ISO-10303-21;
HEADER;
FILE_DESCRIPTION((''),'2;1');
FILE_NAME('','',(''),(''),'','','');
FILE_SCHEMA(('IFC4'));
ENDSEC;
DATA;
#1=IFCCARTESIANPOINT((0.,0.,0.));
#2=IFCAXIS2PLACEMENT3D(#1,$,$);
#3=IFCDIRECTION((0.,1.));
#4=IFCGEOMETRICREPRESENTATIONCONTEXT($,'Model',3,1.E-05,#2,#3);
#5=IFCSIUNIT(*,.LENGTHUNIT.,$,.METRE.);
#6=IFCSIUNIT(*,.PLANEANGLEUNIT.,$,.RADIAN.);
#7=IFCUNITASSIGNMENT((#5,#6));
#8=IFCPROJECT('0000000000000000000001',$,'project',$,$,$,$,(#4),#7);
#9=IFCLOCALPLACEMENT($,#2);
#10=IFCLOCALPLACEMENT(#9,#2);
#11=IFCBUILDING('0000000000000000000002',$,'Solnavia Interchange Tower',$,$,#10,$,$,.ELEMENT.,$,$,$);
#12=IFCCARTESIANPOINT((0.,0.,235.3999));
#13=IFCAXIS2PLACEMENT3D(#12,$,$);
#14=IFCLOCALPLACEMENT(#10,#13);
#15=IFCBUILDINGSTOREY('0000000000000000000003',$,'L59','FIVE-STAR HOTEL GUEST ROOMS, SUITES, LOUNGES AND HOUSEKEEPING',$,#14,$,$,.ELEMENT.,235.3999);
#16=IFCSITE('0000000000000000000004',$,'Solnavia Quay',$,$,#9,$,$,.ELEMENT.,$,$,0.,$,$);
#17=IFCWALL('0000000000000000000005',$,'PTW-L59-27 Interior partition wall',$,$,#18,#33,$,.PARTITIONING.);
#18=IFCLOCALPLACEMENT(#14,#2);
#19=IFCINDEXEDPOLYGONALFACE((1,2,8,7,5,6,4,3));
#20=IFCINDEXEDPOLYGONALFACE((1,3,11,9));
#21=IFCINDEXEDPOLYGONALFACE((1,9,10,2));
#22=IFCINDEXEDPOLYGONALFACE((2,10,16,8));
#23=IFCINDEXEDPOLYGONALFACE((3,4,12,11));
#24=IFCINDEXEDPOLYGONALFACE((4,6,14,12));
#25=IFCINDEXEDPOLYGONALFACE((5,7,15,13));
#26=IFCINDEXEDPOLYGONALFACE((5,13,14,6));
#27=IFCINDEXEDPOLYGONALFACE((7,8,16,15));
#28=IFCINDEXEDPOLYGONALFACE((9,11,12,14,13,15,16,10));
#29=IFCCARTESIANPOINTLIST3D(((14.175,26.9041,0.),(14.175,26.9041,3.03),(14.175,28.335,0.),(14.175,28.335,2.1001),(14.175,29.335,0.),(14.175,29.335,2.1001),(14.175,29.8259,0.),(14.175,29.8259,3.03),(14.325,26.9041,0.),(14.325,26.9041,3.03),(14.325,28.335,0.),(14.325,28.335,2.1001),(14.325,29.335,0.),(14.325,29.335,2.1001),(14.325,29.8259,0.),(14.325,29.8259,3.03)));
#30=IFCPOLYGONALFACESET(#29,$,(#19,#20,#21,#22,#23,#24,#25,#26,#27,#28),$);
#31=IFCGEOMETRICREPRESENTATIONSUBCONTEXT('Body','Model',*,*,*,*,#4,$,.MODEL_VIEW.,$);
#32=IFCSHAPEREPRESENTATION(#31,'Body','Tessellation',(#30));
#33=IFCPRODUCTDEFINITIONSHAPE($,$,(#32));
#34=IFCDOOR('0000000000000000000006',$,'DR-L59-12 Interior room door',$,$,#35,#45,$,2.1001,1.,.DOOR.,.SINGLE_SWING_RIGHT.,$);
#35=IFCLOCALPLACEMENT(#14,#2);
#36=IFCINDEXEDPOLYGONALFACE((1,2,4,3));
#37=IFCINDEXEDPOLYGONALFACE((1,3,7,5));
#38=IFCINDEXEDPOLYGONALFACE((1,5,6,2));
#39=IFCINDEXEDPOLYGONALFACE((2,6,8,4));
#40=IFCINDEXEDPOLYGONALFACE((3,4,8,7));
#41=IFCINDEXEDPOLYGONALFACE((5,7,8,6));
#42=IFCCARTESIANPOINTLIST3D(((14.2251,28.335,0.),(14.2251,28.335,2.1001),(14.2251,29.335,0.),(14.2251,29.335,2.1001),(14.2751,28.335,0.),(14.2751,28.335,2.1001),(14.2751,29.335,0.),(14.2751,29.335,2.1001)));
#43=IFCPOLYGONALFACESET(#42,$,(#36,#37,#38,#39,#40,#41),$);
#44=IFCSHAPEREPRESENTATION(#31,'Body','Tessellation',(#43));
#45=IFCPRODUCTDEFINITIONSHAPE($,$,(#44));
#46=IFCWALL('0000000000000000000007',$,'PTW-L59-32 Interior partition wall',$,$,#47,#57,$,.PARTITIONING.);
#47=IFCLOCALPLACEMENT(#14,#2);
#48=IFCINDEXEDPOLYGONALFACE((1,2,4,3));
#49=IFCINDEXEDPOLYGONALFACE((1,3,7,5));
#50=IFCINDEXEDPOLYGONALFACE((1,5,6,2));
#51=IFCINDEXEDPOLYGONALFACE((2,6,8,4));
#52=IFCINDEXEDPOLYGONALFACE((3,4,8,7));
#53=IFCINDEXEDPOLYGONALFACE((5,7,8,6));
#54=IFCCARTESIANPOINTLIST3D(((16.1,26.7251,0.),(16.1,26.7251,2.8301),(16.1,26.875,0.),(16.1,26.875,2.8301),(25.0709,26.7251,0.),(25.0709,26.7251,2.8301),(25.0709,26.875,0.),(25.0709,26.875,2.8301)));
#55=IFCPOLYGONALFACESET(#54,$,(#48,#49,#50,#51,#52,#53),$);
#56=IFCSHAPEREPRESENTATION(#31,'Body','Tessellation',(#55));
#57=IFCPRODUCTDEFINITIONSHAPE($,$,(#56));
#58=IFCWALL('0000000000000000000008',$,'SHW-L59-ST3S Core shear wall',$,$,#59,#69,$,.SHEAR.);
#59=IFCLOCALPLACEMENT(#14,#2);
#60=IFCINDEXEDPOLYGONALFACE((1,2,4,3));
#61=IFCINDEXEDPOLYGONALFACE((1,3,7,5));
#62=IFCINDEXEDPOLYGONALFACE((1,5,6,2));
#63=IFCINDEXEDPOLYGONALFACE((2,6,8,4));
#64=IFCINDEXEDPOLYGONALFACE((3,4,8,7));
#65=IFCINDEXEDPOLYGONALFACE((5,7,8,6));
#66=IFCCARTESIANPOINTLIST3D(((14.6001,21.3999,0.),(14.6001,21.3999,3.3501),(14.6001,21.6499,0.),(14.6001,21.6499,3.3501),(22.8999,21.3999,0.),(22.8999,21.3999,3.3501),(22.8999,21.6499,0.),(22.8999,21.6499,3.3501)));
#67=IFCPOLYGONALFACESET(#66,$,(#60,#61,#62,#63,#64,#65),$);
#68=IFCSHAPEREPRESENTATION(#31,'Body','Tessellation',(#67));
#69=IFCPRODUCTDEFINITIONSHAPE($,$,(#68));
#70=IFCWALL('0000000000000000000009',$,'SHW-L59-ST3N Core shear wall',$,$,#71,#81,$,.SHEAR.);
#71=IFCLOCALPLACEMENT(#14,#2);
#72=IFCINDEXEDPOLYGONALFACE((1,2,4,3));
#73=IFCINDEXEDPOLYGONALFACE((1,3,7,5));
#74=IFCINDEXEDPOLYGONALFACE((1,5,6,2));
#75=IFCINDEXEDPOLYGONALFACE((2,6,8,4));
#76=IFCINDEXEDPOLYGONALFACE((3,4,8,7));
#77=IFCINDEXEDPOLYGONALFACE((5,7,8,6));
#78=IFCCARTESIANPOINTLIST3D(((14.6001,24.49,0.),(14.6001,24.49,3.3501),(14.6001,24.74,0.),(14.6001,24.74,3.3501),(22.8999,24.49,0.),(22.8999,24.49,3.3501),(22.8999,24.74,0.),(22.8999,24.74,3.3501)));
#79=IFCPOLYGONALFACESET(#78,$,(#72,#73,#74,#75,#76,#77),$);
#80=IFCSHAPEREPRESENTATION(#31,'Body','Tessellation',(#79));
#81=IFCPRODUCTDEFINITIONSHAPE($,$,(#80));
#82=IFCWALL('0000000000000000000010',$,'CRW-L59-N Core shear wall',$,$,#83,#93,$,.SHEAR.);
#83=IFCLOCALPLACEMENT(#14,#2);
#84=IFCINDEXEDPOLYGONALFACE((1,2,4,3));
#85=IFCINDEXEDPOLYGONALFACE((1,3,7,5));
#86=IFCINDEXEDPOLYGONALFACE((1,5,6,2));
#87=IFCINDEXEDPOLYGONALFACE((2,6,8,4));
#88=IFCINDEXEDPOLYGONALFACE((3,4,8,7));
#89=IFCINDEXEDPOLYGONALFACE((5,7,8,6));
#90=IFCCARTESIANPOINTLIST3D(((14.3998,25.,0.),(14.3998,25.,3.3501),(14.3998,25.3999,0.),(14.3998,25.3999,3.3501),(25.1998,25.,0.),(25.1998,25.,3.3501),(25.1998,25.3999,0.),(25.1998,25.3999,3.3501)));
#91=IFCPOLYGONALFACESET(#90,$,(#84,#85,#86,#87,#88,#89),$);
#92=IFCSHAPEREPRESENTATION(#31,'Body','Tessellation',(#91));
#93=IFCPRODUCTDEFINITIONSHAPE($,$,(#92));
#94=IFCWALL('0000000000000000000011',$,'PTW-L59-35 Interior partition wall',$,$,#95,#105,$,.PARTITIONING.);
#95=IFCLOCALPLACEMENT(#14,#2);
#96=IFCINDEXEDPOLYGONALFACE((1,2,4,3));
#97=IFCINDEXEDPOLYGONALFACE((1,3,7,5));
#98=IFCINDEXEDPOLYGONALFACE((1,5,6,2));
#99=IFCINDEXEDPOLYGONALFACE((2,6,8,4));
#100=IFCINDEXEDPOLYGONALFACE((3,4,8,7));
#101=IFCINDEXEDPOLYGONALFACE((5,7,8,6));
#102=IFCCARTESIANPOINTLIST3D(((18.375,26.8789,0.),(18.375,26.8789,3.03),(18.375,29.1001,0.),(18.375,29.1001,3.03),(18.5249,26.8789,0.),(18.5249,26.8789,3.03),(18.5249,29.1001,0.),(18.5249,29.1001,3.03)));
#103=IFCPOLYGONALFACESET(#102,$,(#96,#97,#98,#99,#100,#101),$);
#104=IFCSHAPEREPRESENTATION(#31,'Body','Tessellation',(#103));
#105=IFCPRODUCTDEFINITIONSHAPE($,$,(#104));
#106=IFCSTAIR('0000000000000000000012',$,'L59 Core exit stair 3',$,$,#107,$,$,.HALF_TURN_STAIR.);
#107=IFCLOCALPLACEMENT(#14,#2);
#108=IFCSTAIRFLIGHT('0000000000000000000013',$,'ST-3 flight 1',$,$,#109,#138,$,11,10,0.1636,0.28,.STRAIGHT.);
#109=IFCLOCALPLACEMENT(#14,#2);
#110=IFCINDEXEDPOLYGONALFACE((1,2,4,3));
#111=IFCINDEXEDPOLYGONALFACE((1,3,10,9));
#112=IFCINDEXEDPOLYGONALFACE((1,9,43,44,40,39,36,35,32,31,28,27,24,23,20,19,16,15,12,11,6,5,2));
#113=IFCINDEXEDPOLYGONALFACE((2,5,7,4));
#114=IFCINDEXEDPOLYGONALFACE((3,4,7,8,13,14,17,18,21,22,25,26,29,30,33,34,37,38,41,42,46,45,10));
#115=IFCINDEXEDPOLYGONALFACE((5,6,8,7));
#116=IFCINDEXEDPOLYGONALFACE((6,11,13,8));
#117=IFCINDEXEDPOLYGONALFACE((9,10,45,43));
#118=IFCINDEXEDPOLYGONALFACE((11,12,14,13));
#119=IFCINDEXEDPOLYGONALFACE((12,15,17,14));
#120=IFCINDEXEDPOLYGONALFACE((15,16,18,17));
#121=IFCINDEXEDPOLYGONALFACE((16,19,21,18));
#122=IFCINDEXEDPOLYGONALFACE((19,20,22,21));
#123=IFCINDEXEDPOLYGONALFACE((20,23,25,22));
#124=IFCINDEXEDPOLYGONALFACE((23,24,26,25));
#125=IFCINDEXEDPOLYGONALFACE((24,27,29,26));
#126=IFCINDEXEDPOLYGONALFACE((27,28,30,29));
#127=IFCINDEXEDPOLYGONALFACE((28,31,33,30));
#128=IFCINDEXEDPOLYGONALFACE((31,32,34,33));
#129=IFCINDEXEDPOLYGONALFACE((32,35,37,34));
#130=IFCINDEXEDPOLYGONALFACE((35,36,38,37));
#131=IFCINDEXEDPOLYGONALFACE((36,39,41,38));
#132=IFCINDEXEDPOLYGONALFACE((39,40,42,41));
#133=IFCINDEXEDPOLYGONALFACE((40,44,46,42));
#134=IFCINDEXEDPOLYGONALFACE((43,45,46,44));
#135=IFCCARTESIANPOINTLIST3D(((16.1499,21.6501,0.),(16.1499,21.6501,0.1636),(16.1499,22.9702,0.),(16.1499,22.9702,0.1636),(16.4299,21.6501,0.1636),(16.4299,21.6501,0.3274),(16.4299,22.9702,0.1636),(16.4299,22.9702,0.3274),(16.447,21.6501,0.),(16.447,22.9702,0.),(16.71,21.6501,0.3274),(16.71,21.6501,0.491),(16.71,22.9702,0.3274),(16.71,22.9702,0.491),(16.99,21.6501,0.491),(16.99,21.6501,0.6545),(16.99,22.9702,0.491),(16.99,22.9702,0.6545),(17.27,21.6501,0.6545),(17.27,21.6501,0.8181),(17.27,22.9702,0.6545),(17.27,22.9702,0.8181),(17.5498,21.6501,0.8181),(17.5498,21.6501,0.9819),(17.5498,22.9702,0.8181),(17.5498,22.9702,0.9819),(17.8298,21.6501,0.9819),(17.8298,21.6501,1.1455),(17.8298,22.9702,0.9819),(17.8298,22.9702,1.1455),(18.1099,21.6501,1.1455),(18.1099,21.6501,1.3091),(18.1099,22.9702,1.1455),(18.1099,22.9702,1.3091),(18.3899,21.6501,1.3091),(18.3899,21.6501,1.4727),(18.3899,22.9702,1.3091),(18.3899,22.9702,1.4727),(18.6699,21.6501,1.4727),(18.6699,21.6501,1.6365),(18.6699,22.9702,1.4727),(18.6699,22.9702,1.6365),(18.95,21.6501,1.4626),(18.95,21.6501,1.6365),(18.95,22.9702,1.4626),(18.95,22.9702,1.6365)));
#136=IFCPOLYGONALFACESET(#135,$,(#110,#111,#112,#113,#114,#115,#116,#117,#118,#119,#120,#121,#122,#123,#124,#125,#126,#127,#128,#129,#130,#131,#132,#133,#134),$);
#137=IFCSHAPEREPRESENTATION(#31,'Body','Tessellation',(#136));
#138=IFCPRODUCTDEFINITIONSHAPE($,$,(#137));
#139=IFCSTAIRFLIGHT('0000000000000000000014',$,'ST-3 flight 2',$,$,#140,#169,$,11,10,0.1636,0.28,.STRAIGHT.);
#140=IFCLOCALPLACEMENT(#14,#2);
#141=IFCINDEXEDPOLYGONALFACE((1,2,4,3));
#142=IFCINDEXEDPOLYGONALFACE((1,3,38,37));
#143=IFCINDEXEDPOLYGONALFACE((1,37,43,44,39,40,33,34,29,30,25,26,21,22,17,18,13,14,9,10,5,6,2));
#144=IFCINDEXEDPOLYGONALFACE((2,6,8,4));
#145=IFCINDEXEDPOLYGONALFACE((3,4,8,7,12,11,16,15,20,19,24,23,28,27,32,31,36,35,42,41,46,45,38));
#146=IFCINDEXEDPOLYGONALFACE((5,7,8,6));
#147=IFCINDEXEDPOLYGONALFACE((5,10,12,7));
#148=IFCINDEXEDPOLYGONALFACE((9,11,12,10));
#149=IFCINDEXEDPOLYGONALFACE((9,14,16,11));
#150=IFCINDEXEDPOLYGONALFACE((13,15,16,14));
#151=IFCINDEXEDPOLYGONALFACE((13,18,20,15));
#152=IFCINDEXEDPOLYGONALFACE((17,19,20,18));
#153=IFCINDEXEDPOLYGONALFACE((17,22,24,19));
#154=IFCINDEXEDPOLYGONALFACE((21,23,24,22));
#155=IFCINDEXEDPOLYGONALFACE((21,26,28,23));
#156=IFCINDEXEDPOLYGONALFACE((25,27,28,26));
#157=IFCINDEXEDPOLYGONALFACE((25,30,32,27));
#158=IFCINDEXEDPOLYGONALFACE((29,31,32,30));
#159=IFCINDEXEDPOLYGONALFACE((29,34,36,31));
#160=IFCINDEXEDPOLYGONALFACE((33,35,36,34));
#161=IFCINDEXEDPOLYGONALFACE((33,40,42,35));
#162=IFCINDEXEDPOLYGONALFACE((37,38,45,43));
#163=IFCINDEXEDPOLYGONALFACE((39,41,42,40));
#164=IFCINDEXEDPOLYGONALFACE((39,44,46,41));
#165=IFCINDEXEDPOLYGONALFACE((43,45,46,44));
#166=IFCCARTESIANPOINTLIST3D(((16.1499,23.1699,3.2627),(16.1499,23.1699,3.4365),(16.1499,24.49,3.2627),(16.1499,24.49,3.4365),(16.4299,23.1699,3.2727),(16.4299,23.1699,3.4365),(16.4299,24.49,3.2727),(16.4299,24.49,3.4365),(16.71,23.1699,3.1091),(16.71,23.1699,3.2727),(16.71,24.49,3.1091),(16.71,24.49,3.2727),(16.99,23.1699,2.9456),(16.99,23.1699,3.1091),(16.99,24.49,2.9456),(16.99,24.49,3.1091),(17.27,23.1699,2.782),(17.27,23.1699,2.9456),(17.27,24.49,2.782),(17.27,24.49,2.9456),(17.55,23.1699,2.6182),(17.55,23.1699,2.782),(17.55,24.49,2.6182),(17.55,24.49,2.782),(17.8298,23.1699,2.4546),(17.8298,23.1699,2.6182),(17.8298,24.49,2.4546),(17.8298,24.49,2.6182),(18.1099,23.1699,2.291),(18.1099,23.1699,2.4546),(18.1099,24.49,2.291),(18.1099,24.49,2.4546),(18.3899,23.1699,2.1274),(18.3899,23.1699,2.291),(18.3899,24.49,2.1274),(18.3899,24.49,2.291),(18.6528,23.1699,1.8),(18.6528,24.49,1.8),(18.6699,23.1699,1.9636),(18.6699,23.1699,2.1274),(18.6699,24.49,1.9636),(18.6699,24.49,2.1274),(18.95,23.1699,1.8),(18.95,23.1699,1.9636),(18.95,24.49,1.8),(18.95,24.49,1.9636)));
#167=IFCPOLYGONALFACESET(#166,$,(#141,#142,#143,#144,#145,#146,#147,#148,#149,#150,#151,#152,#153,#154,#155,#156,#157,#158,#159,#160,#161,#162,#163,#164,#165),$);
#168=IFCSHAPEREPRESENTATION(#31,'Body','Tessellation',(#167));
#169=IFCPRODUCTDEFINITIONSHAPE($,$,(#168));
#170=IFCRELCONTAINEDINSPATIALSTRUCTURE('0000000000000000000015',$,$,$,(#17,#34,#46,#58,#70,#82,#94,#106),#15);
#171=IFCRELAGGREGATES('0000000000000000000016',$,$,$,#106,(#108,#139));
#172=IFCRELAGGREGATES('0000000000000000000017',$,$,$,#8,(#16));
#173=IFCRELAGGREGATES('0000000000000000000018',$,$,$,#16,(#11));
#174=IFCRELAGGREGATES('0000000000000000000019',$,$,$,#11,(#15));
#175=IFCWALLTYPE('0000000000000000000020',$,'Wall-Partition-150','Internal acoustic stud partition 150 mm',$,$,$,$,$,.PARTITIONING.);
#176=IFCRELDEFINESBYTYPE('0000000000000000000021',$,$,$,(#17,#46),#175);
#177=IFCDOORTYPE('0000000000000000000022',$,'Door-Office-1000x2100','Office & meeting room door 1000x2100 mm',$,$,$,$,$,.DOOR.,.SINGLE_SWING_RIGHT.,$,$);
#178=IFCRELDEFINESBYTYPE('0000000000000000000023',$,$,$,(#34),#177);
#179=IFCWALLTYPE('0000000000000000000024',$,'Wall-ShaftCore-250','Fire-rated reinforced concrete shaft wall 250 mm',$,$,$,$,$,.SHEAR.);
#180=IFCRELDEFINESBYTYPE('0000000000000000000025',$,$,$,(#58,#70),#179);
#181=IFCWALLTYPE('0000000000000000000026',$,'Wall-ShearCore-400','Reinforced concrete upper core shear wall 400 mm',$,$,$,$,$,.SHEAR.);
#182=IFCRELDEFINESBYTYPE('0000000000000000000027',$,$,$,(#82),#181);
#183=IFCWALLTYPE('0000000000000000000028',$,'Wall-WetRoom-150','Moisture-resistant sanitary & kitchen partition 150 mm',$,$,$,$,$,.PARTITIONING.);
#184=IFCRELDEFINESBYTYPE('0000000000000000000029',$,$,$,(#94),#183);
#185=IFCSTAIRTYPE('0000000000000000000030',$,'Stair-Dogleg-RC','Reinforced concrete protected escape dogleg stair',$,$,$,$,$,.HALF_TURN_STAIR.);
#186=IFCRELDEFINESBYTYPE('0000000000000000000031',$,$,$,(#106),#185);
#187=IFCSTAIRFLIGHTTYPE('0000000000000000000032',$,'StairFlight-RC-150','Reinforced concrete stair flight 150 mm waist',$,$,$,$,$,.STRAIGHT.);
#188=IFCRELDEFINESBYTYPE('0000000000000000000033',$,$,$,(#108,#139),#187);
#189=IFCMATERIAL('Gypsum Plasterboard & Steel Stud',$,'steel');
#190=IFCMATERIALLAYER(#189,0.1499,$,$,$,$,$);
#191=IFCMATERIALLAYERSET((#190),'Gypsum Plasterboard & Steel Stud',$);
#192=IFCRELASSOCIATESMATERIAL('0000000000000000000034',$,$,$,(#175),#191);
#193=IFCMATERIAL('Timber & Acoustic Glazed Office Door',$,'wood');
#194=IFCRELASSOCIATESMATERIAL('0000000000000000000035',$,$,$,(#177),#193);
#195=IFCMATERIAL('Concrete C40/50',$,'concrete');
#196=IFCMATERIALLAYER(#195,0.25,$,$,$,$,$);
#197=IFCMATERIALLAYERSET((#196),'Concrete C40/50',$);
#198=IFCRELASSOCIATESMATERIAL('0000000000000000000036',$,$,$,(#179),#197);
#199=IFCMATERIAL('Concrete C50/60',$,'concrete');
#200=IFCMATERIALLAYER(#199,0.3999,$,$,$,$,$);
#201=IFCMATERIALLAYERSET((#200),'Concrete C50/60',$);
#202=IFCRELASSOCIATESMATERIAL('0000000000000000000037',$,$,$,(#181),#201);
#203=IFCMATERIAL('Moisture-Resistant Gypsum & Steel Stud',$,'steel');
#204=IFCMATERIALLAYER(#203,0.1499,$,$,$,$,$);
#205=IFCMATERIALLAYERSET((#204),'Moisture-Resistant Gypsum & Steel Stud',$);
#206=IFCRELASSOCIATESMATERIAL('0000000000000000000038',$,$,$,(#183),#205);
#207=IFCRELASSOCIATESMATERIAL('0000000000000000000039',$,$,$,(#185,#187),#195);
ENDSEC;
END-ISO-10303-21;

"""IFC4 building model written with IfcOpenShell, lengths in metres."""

from ifc_helpers import new_model, si_unit, direction, frame, frame_2d, origin, place, context, subcontext, project, spatial, polyline, rectangle, outline, extrude, material, layer, layer_set, type_object, element, fill, aggregate, save


model = new_model("IFC4")

# Units and contexts
model_context = context("Model", 3, precision=1e-05, world=origin(), true_north=direction((0.0, 1.0)))
body_context = subcontext(model_context, "Body", "Model", "MODEL_VIEW")
ifc_project = project(units=[si_unit("LENGTHUNIT", "METRE"), si_unit("PLANEANGLEUNIT", "RADIAN")], contexts=[model_context])

# Site, building, storey
site_placement = place(None, origin())
site = spatial("IfcSite", under=ifc_project, at=site_placement, Name="Solnavia Quay", CompositionType="ELEMENT", RefElevation=0.0)
building_placement = place(site_placement, origin())
building = spatial("IfcBuilding", under=site, at=building_placement, Name="Solnavia Interchange Tower", CompositionType="ELEMENT")
storey_placement = place(building_placement, frame((0.0, 0.0, 235.3999)))
storey = spatial("IfcBuildingStorey", under=building, at=storey_placement, Name="L59", Description="FIVE-STAR HOTEL GUEST ROOMS, SUITES, LOUNGES AND HOUSEKEEPING", CompositionType="ELEMENT", Elevation=235.3999)

# Shared definitions
ifc_material_1 = material(Name="Concrete C50/60", Category="concrete")

# Shared definitions
ifc_material_2 = material(Name="Concrete C40/50", Category="concrete")

# Shared definitions
ifc_material_3 = material(Name="Gypsum Plasterboard & Steel Stud", Category="steel")
ifc_layer_1 = layer(ifc_material_3, 0.1499)
ifc_layer_set_1 = layer_set([ifc_layer_1], Name="Gypsum Plasterboard & Steel Stud")
wall_type_1 = type_object("IfcWallType", Name="Wall-Partition-150", Description="Internal acoustic stud partition 150 mm", PredefinedType="PARTITIONING", material=ifc_layer_set_1)

# Wall, opening, door
wall_1_placement = place(storey_placement, frame((14.25, 26.9041, 0.0), z_axis=(0.0, 0.0, 1.0), x_axis=(0.0, 1.0, 0.0)))
wall_1 = element("IfcWall", 1, at=wall_1_placement, inside=storey, type_object=wall_type_1, Name="PTW-L59-27 Interior partition wall", PredefinedType="PARTITIONING", context=body_context, shape_type="SweptSolid", body=[
    extrude(rectangle(XDim=2.9219, YDim=0.1499, at=frame_2d((1.4609, 0.0))), origin(), (0.0, 0.0, 1.0), 3.03),
])
opening_1_placement = place(wall_1_placement, frame((1.4309, 0.0, 0.0)))
opening_1 = element("IfcOpeningElement", 2, at=opening_1_placement, cuts=wall_1, PredefinedType="OPENING", context=body_context, shape_type="SweptSolid", body=[
    extrude(rectangle(XDim=1.0, YDim=2.1001, at=frame_2d((0.5, 1.05))), frame((0.0, 0.085, 0.0), z_axis=(0.0, -1.0, 0.0), x_axis=(1.0, 0.0, 0.0)), (0.0, 0.0, 1.0), 0.1699),
])
ifc_material_4 = material(Name="Timber & Acoustic Glazed Office Door", Category="wood")
door_type = type_object("IfcDoorType", Name="Door-Office-1000x2100", Description="Office & meeting room door 1000x2100 mm", OperationType="SINGLE_SWING_RIGHT", PredefinedType="DOOR", material=ifc_material_4)
door_placement = place(opening_1_placement, origin())
door = element("IfcDoor", 3, at=door_placement, inside=storey, type_object=door_type, Name="DR-L59-12 Interior room door", OperationType="SINGLE_SWING_RIGHT", OverallHeight=2.1001, OverallWidth=1.0, PredefinedType="DOOR", context=body_context, shape_type="SweptSolid", body=[
    extrude(rectangle(XDim=1.0, YDim=2.1001, at=frame_2d((0.5, 1.05))), frame((0.0, 0.0249, 0.0), z_axis=(0.0, -1.0, 0.0), x_axis=(1.0, 0.0, 0.0)), (0.0, 0.0, 1.0), 0.05),
])
fill(opening_1, door)

# Walls
wall_2_placement = place(storey_placement, frame((16.1001, 26.8, 0.0), z_axis=(0.0, 0.0, 1.0), x_axis=(1.0, 0.0, 0.0)))
element("IfcWall", 4, at=wall_2_placement, inside=storey, type_object=wall_type_1, Name="PTW-L59-32 Interior partition wall", PredefinedType="PARTITIONING", context=body_context, shape_type="SweptSolid", body=[
    extrude(rectangle(XDim=8.9709, YDim=0.1499, at=frame_2d((4.4854, 0.0))), origin(), (0.0, 0.0, 1.0), 2.8301),
])
ifc_layer_2 = layer(ifc_material_2, 0.25)
ifc_layer_set_2 = layer_set([ifc_layer_2], Name="Concrete C40/50")
wall_type_2 = type_object("IfcWallType", Name="Wall-ShaftCore-250", Description="Fire-rated reinforced concrete shaft wall 250 mm", PredefinedType="SHEAR", material=ifc_layer_set_2)
for number, where, z_axis, x_axis, name in (
    (5, (14.6001, 21.5249, 0.0), (0.0, 0.0, 1.0), (1.0, 0.0, 0.0), "SHW-L59-ST3S Core shear wall"),
    (6, (14.6001, 24.615, 0.0), (0.0, 0.0, 1.0), (1.0, 0.0, 0.0), "SHW-L59-ST3N Core shear wall"),
):
    element("IfcWall", number, at=place(storey_placement, frame(where, z_axis=z_axis, x_axis=x_axis)), inside=storey, type_object=wall_type_2, Name=name, PredefinedType="SHEAR", context=body_context, shape_type="SweptSolid", body=[
        extrude(rectangle(XDim=8.2998, YDim=0.25, at=frame_2d((4.1499, 0.0))), origin(), (0.0, 0.0, 1.0), 3.3501),
    ])
ifc_layer_3 = layer(ifc_material_1, 0.3999)
ifc_layer_set_3 = layer_set([ifc_layer_3], Name="Concrete C50/60")
wall_type_3 = type_object("IfcWallType", Name="Wall-ShearCore-400", Description="Reinforced concrete upper core shear wall 400 mm", PredefinedType="SHEAR", material=ifc_layer_set_3)
wall_3_placement = place(storey_placement, frame((14.3999, 25.2, 0.0), z_axis=(0.0, 0.0, 1.0), x_axis=(1.0, 0.0, 0.0)))
element("IfcWall", 7, at=wall_3_placement, inside=storey, type_object=wall_type_3, Name="CRW-L59-N Core shear wall", PredefinedType="SHEAR", context=body_context, shape_type="SweptSolid", body=[
    extrude(rectangle(XDim=10.8, YDim=0.3999, at=frame_2d((5.3999, 0.0))), origin(), (0.0, 0.0, 1.0), 3.3501),
])
ifc_material_5 = material(Name="Moisture-Resistant Gypsum & Steel Stud", Category="steel")
ifc_layer_4 = layer(ifc_material_5, 0.1499)
ifc_layer_set_4 = layer_set([ifc_layer_4], Name="Moisture-Resistant Gypsum & Steel Stud")
wall_type_4 = type_object("IfcWallType", Name="Wall-WetRoom-150", Description="Moisture-resistant sanitary & kitchen partition 150 mm", PredefinedType="PARTITIONING", material=ifc_layer_set_4)
wall_4_placement = place(storey_placement, frame((18.45, 26.8789, 0.0), z_axis=(0.0, 0.0, 1.0), x_axis=(0.0, 1.0, 0.0)))
element("IfcWall", 8, at=wall_4_placement, inside=storey, type_object=wall_type_4, Name="PTW-L59-35 Interior partition wall", PredefinedType="PARTITIONING", context=body_context, shape_type="SweptSolid", body=[
    extrude(rectangle(XDim=2.2212, YDim=0.1499, at=frame_2d((1.1106, 0.0))), origin(), (0.0, 0.0, 1.0), 3.03),
])

# Stair, stair flights
stair_type = type_object("IfcStairType", Name="Stair-Dogleg-RC", Description="Reinforced concrete protected escape dogleg stair", PredefinedType="HALF_TURN_STAIR", material=ifc_material_2)
stair_placement = place(storey_placement, origin())
stair = element("IfcStair", 9, at=stair_placement, inside=storey, type_object=stair_type, Name="L59 Core exit stair 3", PredefinedType="HALF_TURN_STAIR")
stair_flight_type = type_object("IfcStairFlightType", Name="StairFlight-RC-150", Description="Reinforced concrete stair flight 150 mm waist", PredefinedType="STRAIGHT", material=ifc_material_2)
stair_flight_1_placement = place(storey_placement, frame((16.1499, 22.3101, 0.0), z_axis=(0.0, 0.0, 1.0), x_axis=(1.0, 0.0, 0.0)))
stair_flight_1 = element("IfcStairFlight", 10, at=stair_flight_1_placement, type_object=stair_flight_type, Name="ST-3 flight 1", NumberOfRisers=11, NumberOfTreads=10, PredefinedType="STRAIGHT", RiserHeight=0.1636, TreadLength=0.28, context=body_context, shape_type="SweptSolid", body=[
    extrude(outline(polyline([(0.0, 0.0), (0.0, 0.1636), (0.28, 0.1636), (0.28, 0.3274), (0.5601, 0.3274), (0.5601, 0.491), (0.8401, 0.491), (0.8401, 0.6545), (1.1201, 0.6545), (1.1201, 0.8181), (1.3999, 0.8181), (1.3999, 0.9819), (1.6799, 0.9819), (1.6799, 1.1455), (1.96, 1.1455), (1.96, 1.3091), (2.24, 1.3091), (2.24, 1.4727), (2.52, 1.4727), (2.52, 1.6365), (2.8, 1.6365), (2.8, 1.8), (2.8, 1.4626), (0.2971, 0.0), (0.0, 0.0)])), frame((0.0, 0.6602, 0.0), z_axis=(0.0, -1.0, 0.0), x_axis=(1.0, 0.0, 0.0)), (0.0, 0.0, 1.0), 1.3201),
])
stair_flight_2_placement = place(storey_placement, frame((18.95, 23.8301, 1.8), z_axis=(0.0, 0.0, 1.0), x_axis=(-1.0, 0.0, 0.0)))
stair_flight_2 = element("IfcStairFlight", 11, at=stair_flight_2_placement, type_object=stair_flight_type, Name="ST-3 flight 2", NumberOfRisers=11, NumberOfTreads=10, PredefinedType="STRAIGHT", RiserHeight=0.1636, TreadLength=0.28, context=body_context, shape_type="SweptSolid", body=[
    extrude(outline(polyline([(0.0, 0.0), (0.0, 0.1636), (0.28, 0.1636), (0.28, 0.3274), (0.5601, 0.3274), (0.5601, 0.491), (0.8401, 0.491), (0.8401, 0.6545), (1.1201, 0.6545), (1.1201, 0.8181), (1.3999, 0.8181), (1.3999, 0.9819), (1.6799, 0.9819), (1.6799, 1.1455), (1.96, 1.1455), (1.96, 1.3091), (2.24, 1.3091), (2.24, 1.4727), (2.52, 1.4727), (2.52, 1.6365), (2.8, 1.6365), (2.8, 1.8), (2.8, 1.4626), (0.2971, 0.0), (0.0, 0.0)])), frame((0.0, 0.6602, 0.0), z_axis=(0.0, -1.0, 0.0), x_axis=(1.0, 0.0, 0.0)), (0.0, 0.0, 1.0), 1.3201),
])
aggregate(stair, [stair_flight_1, stair_flight_2])

save(model, "model.ifc")
